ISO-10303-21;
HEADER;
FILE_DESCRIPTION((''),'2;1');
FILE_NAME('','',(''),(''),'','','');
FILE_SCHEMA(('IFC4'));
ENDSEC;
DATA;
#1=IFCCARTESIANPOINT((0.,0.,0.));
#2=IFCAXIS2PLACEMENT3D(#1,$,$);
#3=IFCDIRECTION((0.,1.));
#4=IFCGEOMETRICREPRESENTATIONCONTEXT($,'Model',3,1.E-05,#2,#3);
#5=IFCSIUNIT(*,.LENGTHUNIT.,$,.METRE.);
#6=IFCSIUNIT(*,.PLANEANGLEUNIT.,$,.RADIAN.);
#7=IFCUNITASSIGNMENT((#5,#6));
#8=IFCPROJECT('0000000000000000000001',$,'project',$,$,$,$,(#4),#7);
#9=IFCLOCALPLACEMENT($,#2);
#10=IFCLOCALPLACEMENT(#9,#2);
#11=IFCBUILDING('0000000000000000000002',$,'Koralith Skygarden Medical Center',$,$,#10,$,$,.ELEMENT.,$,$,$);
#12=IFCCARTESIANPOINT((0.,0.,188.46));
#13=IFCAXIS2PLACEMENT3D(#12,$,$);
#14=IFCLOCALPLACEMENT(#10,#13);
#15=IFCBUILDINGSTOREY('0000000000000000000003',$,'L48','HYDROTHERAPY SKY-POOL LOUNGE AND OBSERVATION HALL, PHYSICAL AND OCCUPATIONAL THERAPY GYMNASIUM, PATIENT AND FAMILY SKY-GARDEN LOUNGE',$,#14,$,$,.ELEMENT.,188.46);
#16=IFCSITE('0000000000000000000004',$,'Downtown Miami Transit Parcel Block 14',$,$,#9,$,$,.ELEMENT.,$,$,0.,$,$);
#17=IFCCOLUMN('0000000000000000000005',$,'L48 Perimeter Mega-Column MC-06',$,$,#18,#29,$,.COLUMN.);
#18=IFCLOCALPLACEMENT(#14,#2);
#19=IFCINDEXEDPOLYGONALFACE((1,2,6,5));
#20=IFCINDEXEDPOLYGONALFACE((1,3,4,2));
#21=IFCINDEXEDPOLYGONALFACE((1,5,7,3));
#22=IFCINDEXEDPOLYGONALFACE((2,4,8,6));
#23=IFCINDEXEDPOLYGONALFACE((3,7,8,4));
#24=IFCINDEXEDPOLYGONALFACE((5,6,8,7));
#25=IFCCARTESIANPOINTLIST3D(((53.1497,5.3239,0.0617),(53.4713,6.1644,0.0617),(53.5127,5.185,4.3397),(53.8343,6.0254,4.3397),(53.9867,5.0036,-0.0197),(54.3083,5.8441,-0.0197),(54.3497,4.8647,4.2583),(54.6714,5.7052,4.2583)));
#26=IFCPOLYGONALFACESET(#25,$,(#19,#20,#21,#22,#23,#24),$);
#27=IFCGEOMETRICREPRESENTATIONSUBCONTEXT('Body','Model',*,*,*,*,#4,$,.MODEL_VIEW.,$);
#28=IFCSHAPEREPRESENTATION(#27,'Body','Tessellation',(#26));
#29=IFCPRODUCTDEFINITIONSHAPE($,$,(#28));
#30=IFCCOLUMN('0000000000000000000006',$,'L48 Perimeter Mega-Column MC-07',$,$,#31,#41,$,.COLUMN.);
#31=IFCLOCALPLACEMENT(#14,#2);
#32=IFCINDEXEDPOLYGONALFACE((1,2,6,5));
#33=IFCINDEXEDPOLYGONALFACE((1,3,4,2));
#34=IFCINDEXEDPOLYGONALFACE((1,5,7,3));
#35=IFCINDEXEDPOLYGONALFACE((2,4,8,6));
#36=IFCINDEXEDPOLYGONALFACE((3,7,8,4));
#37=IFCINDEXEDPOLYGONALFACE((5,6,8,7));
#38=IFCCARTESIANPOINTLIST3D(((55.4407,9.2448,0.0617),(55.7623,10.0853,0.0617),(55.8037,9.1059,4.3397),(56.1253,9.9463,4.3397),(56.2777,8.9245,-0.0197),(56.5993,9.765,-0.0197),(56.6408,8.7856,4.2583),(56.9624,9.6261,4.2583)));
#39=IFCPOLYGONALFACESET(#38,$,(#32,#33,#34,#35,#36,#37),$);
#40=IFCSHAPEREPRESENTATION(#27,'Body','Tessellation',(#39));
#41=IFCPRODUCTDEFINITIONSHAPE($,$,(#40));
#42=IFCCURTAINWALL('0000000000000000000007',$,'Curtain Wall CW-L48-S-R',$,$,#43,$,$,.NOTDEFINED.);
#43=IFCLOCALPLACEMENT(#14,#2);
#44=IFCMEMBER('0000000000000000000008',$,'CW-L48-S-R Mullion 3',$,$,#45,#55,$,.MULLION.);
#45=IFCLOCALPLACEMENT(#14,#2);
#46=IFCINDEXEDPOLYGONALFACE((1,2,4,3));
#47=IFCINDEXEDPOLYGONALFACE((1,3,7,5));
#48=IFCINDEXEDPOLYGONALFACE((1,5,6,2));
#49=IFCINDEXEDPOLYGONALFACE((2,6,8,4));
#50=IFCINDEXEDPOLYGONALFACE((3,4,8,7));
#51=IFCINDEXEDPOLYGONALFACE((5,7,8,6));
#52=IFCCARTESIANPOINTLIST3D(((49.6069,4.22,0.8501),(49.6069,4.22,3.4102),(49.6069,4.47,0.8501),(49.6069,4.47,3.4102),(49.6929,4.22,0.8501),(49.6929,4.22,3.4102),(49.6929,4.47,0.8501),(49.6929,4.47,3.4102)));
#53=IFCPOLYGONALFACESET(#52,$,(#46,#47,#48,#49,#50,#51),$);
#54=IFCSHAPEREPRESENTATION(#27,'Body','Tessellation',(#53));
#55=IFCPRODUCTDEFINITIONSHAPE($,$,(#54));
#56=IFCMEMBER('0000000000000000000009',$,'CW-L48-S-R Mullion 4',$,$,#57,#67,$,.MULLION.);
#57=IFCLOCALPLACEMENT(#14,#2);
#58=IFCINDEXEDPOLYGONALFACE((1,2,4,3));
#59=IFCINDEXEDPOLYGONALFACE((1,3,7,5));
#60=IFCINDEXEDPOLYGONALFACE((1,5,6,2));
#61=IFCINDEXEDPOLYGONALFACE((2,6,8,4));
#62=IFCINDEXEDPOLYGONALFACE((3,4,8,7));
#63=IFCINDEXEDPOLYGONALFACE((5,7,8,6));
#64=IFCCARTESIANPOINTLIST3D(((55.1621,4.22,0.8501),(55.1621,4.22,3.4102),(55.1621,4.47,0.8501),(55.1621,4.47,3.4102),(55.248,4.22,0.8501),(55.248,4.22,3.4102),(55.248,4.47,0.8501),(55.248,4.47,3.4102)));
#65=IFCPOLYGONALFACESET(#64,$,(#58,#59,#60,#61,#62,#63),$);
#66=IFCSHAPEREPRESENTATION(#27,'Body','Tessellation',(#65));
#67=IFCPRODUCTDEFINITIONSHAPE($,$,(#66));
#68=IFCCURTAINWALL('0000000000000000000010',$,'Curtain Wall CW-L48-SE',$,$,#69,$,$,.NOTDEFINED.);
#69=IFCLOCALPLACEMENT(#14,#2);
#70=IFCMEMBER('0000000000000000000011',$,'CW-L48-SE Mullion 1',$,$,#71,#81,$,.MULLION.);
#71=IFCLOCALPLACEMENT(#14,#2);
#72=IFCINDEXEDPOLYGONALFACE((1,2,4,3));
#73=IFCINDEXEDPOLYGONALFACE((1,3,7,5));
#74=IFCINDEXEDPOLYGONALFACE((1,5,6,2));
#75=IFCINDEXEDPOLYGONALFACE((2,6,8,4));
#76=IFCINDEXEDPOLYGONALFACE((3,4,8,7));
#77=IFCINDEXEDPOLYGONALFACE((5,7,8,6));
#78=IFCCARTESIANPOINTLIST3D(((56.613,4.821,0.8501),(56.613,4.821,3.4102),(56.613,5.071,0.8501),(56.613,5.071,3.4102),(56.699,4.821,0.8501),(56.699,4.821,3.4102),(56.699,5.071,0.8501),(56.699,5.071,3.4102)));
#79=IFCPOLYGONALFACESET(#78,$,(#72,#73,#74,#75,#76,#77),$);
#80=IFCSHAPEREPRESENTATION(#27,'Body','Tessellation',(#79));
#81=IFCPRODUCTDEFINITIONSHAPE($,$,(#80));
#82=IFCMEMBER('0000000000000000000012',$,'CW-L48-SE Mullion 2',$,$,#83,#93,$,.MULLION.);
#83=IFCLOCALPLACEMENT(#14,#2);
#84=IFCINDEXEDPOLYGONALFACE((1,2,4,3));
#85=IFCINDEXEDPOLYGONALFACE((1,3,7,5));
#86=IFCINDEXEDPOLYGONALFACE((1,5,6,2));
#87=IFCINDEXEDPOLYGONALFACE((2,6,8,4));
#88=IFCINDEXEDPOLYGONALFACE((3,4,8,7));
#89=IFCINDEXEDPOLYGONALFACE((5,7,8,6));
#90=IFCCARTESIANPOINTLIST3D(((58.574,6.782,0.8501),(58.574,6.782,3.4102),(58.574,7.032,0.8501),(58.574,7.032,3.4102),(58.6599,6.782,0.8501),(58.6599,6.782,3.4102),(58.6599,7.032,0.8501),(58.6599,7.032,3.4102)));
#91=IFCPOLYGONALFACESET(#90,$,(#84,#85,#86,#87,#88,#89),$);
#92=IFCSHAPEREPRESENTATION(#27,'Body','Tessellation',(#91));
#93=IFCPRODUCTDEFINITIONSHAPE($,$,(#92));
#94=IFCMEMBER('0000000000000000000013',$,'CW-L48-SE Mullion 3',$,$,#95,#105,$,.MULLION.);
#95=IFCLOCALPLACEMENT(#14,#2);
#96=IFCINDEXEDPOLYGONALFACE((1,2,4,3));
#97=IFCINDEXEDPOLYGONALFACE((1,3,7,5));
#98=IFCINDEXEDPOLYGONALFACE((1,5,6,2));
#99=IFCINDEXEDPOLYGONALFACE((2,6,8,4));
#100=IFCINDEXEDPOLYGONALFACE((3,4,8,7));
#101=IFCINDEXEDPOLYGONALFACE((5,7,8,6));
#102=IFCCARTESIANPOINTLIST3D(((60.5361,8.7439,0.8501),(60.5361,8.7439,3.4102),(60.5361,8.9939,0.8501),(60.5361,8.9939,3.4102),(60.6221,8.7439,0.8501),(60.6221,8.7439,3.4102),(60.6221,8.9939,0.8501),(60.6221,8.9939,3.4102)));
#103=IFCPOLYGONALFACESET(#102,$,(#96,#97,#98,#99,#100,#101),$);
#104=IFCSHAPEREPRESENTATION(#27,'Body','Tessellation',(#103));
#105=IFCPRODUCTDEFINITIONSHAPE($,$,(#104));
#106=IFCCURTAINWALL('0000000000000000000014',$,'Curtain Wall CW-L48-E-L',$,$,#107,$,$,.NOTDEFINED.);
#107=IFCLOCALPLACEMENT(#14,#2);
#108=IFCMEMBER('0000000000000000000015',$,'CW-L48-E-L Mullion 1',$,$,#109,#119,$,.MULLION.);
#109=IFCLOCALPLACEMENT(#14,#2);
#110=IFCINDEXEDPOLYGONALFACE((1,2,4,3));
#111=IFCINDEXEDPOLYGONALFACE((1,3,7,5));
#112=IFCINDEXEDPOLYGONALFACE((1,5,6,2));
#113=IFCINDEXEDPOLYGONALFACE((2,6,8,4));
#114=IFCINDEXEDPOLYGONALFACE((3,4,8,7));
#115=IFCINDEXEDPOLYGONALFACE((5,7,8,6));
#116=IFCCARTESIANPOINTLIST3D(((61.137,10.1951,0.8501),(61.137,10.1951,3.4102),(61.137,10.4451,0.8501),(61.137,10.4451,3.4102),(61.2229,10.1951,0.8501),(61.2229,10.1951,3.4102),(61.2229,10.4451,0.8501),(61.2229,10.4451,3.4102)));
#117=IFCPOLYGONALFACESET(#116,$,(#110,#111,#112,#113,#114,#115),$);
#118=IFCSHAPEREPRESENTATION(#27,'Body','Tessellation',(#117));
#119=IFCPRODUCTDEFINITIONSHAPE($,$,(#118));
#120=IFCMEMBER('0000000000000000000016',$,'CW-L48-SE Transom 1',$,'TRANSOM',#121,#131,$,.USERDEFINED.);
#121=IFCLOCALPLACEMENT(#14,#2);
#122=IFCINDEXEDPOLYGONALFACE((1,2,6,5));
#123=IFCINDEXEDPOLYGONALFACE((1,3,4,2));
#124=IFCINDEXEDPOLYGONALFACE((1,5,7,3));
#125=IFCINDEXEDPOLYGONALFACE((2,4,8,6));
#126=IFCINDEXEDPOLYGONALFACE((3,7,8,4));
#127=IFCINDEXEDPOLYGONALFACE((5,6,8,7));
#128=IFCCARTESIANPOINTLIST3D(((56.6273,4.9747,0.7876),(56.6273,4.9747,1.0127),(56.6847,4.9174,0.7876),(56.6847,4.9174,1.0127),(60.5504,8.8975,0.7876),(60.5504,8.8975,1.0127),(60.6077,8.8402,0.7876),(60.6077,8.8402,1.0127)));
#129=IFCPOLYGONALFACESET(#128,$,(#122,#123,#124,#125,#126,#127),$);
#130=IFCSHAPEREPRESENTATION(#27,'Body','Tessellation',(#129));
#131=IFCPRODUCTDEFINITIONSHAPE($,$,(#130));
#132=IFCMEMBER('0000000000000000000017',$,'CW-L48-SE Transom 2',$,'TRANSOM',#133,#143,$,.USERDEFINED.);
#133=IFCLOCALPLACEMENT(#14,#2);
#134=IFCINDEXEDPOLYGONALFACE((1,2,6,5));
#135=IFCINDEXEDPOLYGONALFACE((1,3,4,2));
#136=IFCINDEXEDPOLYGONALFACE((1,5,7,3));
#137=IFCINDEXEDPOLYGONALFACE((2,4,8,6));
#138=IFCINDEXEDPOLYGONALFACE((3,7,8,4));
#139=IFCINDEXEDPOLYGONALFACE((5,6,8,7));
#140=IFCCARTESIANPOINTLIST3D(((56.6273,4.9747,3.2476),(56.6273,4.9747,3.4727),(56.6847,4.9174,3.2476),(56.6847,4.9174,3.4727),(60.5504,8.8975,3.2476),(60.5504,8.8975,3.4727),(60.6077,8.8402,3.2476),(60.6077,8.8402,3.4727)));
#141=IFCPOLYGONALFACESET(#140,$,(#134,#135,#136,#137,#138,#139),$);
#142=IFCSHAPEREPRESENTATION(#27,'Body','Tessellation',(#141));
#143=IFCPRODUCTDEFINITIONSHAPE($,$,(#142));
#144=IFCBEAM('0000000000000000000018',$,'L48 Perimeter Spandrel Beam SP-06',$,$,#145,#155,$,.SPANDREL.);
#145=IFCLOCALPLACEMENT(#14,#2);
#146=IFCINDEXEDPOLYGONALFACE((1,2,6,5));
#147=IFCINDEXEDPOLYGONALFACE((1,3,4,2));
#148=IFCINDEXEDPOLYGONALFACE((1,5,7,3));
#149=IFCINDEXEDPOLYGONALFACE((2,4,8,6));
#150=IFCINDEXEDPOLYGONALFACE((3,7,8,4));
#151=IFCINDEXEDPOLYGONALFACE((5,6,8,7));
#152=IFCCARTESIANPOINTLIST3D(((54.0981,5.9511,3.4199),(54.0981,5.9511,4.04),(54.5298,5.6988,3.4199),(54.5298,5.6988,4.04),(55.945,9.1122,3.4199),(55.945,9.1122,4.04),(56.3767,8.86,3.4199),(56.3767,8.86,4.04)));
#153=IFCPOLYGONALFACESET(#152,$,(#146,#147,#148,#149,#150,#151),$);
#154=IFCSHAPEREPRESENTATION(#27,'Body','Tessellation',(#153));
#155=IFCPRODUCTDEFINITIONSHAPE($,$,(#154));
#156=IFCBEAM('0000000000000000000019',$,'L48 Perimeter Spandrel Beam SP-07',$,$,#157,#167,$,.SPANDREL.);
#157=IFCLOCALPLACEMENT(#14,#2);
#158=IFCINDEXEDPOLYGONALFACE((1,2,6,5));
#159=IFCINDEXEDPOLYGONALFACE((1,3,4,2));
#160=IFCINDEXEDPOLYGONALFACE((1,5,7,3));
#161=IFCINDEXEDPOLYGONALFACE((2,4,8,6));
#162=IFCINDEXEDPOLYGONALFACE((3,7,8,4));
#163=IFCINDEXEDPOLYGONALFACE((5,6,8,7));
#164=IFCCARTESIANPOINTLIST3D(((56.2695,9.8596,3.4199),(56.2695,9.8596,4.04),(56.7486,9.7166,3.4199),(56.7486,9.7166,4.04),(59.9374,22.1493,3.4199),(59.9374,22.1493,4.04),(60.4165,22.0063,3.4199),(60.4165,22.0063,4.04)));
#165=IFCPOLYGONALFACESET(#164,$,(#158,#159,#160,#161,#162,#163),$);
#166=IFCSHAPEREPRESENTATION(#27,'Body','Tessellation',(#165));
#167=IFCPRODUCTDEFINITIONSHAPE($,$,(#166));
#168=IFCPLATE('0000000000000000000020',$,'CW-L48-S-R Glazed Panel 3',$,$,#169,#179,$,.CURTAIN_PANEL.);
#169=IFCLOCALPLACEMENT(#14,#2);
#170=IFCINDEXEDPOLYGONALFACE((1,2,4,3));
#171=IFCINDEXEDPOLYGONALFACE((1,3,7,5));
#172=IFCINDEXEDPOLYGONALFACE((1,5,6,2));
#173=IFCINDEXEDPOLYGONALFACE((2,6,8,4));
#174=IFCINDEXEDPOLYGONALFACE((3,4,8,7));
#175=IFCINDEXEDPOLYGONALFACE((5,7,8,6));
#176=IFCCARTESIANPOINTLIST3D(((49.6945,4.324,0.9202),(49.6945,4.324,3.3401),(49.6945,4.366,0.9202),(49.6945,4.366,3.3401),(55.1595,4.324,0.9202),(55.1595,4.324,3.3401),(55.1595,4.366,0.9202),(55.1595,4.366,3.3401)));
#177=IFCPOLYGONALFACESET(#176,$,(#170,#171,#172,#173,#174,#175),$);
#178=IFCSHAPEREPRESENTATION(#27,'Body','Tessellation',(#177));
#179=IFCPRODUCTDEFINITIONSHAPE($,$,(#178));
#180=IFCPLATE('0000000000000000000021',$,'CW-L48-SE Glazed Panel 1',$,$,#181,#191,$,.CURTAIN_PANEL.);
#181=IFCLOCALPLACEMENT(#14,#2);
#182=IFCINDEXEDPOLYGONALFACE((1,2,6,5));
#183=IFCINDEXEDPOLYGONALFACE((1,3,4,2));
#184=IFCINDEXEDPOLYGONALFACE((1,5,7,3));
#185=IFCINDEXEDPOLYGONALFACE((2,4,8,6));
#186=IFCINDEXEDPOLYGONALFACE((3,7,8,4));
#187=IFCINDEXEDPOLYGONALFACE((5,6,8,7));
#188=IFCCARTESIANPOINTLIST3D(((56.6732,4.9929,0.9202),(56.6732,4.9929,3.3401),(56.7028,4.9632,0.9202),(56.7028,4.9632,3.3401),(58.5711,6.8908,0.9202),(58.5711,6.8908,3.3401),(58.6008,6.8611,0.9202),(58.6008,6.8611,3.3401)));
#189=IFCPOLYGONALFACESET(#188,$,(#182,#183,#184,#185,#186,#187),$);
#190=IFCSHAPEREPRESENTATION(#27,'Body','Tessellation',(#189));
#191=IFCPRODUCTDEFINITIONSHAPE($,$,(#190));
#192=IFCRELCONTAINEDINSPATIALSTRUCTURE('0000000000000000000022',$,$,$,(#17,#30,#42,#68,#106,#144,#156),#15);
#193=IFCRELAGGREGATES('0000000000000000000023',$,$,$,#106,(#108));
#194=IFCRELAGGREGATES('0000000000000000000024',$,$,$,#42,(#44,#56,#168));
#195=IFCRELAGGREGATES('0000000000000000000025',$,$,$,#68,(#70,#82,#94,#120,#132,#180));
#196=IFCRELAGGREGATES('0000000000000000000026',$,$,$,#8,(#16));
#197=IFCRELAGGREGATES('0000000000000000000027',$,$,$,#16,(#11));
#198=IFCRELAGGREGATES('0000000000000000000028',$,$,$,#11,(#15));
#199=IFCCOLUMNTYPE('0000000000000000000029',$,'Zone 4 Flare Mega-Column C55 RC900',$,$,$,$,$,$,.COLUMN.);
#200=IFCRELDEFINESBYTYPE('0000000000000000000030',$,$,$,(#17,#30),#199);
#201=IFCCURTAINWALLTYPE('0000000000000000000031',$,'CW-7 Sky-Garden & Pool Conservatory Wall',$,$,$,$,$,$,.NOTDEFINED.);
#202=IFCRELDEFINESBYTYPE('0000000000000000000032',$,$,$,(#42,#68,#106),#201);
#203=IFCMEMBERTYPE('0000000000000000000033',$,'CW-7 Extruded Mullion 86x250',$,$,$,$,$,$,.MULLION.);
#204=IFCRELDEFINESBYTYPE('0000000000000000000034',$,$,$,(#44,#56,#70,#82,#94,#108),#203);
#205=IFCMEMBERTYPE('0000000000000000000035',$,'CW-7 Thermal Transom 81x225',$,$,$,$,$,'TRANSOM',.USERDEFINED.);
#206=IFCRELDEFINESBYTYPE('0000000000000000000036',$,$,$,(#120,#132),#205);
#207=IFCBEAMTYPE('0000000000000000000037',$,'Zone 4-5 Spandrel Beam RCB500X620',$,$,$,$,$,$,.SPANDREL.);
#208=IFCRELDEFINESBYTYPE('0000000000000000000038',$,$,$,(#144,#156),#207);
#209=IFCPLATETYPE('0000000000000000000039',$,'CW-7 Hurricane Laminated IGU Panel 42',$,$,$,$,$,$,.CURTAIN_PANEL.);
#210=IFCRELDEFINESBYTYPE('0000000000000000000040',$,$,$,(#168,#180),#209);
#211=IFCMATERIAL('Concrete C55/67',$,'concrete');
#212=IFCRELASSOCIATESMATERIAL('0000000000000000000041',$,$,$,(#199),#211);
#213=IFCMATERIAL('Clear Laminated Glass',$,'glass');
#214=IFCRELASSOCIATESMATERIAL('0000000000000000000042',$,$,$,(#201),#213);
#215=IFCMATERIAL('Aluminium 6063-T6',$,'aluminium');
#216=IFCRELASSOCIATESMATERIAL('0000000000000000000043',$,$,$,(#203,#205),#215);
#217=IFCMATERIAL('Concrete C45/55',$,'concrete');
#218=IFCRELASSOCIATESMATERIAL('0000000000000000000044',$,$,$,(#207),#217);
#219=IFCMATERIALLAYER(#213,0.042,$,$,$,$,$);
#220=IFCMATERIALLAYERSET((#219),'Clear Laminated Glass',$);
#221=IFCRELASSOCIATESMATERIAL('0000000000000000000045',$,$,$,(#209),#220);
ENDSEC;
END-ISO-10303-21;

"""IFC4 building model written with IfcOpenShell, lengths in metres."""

from ifc_helpers import new_model, si_unit, direction, frame, origin, origin_2d, place, context, subcontext, project, spatial, rectangle, extrude, material, layer, layer_set, material_profile, profile_set, type_object, element, aggregate, save


model = new_model("IFC4")

# Units and contexts
model_context = context("Model", 3, precision=1e-05, world=origin(), true_north=direction((0.0, 1.0)))
body_context = subcontext(model_context, "Body", "Model", "MODEL_VIEW")
ifc_project = project(units=[si_unit("LENGTHUNIT", "METRE"), si_unit("PLANEANGLEUNIT", "RADIAN")], contexts=[model_context])

# Site, building, storey
site_placement = place(None, origin())
site = spatial("IfcSite", under=ifc_project, at=site_placement, Name="Downtown Miami Transit Parcel Block 14", CompositionType="ELEMENT", RefElevation=0.0)
building_placement = place(site_placement, origin())
building = spatial("IfcBuilding", under=site, at=building_placement, Name="Koralith Skygarden Medical Center", CompositionType="ELEMENT")
storey_placement = place(building_placement, frame((0.0, 0.0, 188.46)))
storey = spatial("IfcBuildingStorey", under=building, at=storey_placement, Name="L48", Description="HYDROTHERAPY SKY-POOL LOUNGE AND OBSERVATION HALL, PHYSICAL AND OCCUPATIONAL THERAPY GYMNASIUM, PATIENT AND FAMILY SKY-GARDEN LOUNGE", CompositionType="ELEMENT", Elevation=188.46)

# Columns
ifc_material_1 = material(Name="Concrete C55/67", Category="concrete")
ifc_material_profile_1 = material_profile(ifc_material_1, rectangle(XDim=0.8999, YDim=0.8999, at=origin_2d()), Name="RC900X900")
ifc_profile_set_1 = profile_set([ifc_material_profile_1], Name="Concrete C55/67")
column_type = type_object("IfcColumnType", Name="Zone 4 Flare Mega-Column C55 RC900", PredefinedType="COLUMN", material=ifc_profile_set_1)
for number, where, z_axis, x_axis, name in (
    (1, (53.729, 5.584, 0.021), (0.084512, -0.032338, 0.995898), (0.357379, 0.933959, 0.0), "L48 Perimeter Mega-Column MC-06"),
    (2, (56.02, 9.5049, 0.021), (0.084512, -0.032338, 0.995898), (0.357379, 0.933959, 0.0), "L48 Perimeter Mega-Column MC-07"),
):
    element("IfcColumn", number, at=place(storey_placement, frame(where, z_axis=z_axis, x_axis=x_axis)), inside=storey, type_object=column_type, Name=name, PredefinedType="COLUMN", context=body_context, shape_type="SweptSolid", body=[
        extrude(rectangle(XDim=0.8999, YDim=0.8999, at=origin_2d()), origin(), (0.0, 0.0, 1.0), 4.2957),
    ])

# Curtain walls, members
ifc_material_2 = material(Name="Clear Laminated Glass", Category="glass")
curtain_wall_type = type_object("IfcCurtainWallType", Name="CW-7 Sky-Garden & Pool Conservatory Wall", PredefinedType="NOTDEFINED", material=ifc_material_2)
curtain_wall_1_placement = place(storey_placement, origin())
curtain_wall_1 = element("IfcCurtainWall", 3, at=curtain_wall_1_placement, inside=storey, type_object=curtain_wall_type, Name="Curtain Wall CW-L48-S-R", PredefinedType="NOTDEFINED")
ifc_material_3 = material(Name="Aluminium 6063-T6", Category="aluminium")
ifc_material_profile_2 = material_profile(ifc_material_3, rectangle(XDim=0.0859, YDim=0.25, at=origin_2d()), Name="MUL86X250")
ifc_profile_set_2 = profile_set([ifc_material_profile_2], Name="Aluminium 6063-T6")
member_type_1 = type_object("IfcMemberType", Name="CW-7 Extruded Mullion 86x250", PredefinedType="MULLION", material=ifc_profile_set_2)
member_1_placement = place(storey_placement, frame((49.6499, 4.345, 0.8501), z_axis=(0.0, 0.0, 1.0), x_axis=(1.0, 0.0, 0.0)))
member_1 = element("IfcMember", 4, at=member_1_placement, type_object=member_type_1, Name="CW-L48-S-R Mullion 3", PredefinedType="MULLION", context=body_context, shape_type="SweptSolid", body=[
    extrude(rectangle(XDim=0.0859, YDim=0.25, at=origin_2d()), origin(), (0.0, 0.0, 1.0), 2.5601),
])
member_2_placement = place(storey_placement, frame((55.2051, 4.345, 0.8501), z_axis=(0.0, 0.0, 1.0), x_axis=(1.0, 0.0, 0.0)))
member_2 = element("IfcMember", 5, at=member_2_placement, type_object=member_type_1, Name="CW-L48-S-R Mullion 4", PredefinedType="MULLION", context=body_context, shape_type="SweptSolid", body=[
    extrude(rectangle(XDim=0.0859, YDim=0.25, at=origin_2d()), origin(), (0.0, 0.0, 1.0), 2.5601),
])
curtain_wall_2_placement = place(storey_placement, origin())
curtain_wall_2 = element("IfcCurtainWall", 6, at=curtain_wall_2_placement, inside=storey, type_object=curtain_wall_type, Name="Curtain Wall CW-L48-SE", PredefinedType="NOTDEFINED")
member_3_placement = place(storey_placement, frame((56.656, 4.946, 0.8501), z_axis=(0.0, 0.0, 1.0), x_axis=(1.0, 0.0, 0.0)))
member_3 = element("IfcMember", 7, at=member_3_placement, type_object=member_type_1, Name="CW-L48-SE Mullion 1", PredefinedType="MULLION", context=body_context, shape_type="SweptSolid", body=[
    extrude(rectangle(XDim=0.0859, YDim=0.25, at=origin_2d()), origin(), (0.0, 0.0, 1.0), 2.5601),
])
member_4_placement = place(storey_placement, frame((58.6169, 6.907, 0.8501), z_axis=(0.0, 0.0, 1.0), x_axis=(1.0, 0.0, 0.0)))
member_4 = element("IfcMember", 8, at=member_4_placement, type_object=member_type_1, Name="CW-L48-SE Mullion 2", PredefinedType="MULLION", context=body_context, shape_type="SweptSolid", body=[
    extrude(rectangle(XDim=0.0859, YDim=0.25, at=origin_2d()), origin(), (0.0, 0.0, 1.0), 2.5601),
])
member_5_placement = place(storey_placement, frame((60.5791, 8.8689, 0.8501), z_axis=(0.0, 0.0, 1.0), x_axis=(1.0, 0.0, 0.0)))
member_5 = element("IfcMember", 9, at=member_5_placement, type_object=member_type_1, Name="CW-L48-SE Mullion 3", PredefinedType="MULLION", context=body_context, shape_type="SweptSolid", body=[
    extrude(rectangle(XDim=0.0859, YDim=0.25, at=origin_2d()), origin(), (0.0, 0.0, 1.0), 2.5601),
])

# Curtain wall, member
curtain_wall_3_placement = place(storey_placement, origin())
curtain_wall_3 = element("IfcCurtainWall", 10, at=curtain_wall_3_placement, inside=storey, type_object=curtain_wall_type, Name="Curtain Wall CW-L48-E-L", PredefinedType="NOTDEFINED")
member_6_placement = place(storey_placement, frame((61.1799, 10.3201, 0.8501), z_axis=(0.0, 0.0, 1.0), x_axis=(1.0, 0.0, 0.0)))
member_6 = element("IfcMember", 11, at=member_6_placement, type_object=member_type_1, Name="CW-L48-E-L Mullion 1", PredefinedType="MULLION", context=body_context, shape_type="SweptSolid", body=[
    extrude(rectangle(XDim=0.0859, YDim=0.25, at=origin_2d()), origin(), (0.0, 0.0, 1.0), 2.5601),
])
aggregate(curtain_wall_3, [member_6])

# Members
ifc_material_profile_3 = material_profile(ifc_material_3, rectangle(XDim=0.0811, YDim=0.2251, at=origin_2d()), Name="TRN81X225")
ifc_profile_set_3 = profile_set([ifc_material_profile_3], Name="Aluminium 6063-T6")
member_type_2 = type_object("IfcMemberType", Name="CW-7 Thermal Transom 81x225", ElementType="TRANSOM", PredefinedType="USERDEFINED", material=ifc_profile_set_3)
member_7_placement = place(storey_placement, frame((56.656, 4.946, 0.9001), z_axis=(0.707129, 0.707085, 0.0), x_axis=(-0.707085, 0.707129, 0.0)))
member_7 = element("IfcMember", 12, at=member_7_placement, type_object=member_type_2, Name="CW-L48-SE Transom 1", ObjectType="TRANSOM", PredefinedType="USERDEFINED", context=body_context, shape_type="SweptSolid", body=[
    extrude(rectangle(XDim=0.0811, YDim=0.2251, at=origin_2d()), origin(), (0.0, 0.0, 1.0), 5.5479),
])
member_8_placement = place(storey_placement, frame((56.656, 4.946, 3.3601), z_axis=(0.707129, 0.707085, 0.0), x_axis=(-0.707085, 0.707129, 0.0)))
member_8 = element("IfcMember", 13, at=member_8_placement, type_object=member_type_2, Name="CW-L48-SE Transom 2", ObjectType="TRANSOM", PredefinedType="USERDEFINED", context=body_context, shape_type="SweptSolid", body=[
    extrude(rectangle(XDim=0.0811, YDim=0.2251, at=origin_2d()), origin(), (0.0, 0.0, 1.0), 5.5479),
])

# Beams
ifc_material_4 = material(Name="Concrete C45/55", Category="concrete")
ifc_material_profile_4 = material_profile(ifc_material_4, rectangle(XDim=0.5, YDim=0.6201, at=origin_2d()), Name="RCB500X620")
ifc_profile_set_4 = profile_set([ifc_material_profile_4], Name="Concrete C45/55")
beam_type = type_object("IfcBeamType", Name="Zone 4-5 Spandrel Beam RCB500X620", PredefinedType="SPANDREL", material=ifc_profile_set_4)
beam_1_placement = place(storey_placement, frame((54.314, 5.825, 3.73), z_axis=(0.504468, 0.86343, 0.0), x_axis=(-0.86343, 0.504468, 0.0)))
element("IfcBeam", 14, at=beam_1_placement, inside=storey, type_object=beam_type, Name="L48 Perimeter Spandrel Beam SP-06", PredefinedType="SPANDREL", context=body_context, shape_type="SweptSolid", body=[
    extrude(rectangle(XDim=0.5, YDim=0.6201, at=origin_2d()), origin(), (0.0, 0.0, 1.0), 3.6611),
])
beam_2_placement = place(storey_placement, frame((56.509, 9.7881, 3.73), z_axis=(0.285991, 0.958232, 0.0), x_axis=(-0.958232, 0.285991, 0.0)))
element("IfcBeam", 15, at=beam_2_placement, inside=storey, type_object=beam_type, Name="L48 Perimeter Spandrel Beam SP-07", PredefinedType="SPANDREL", context=body_context, shape_type="SweptSolid", body=[
    extrude(rectangle(XDim=0.5, YDim=0.6201, at=origin_2d()), origin(), (0.0, 0.0, 1.0), 12.8254),
])

# Plates
ifc_layer_1 = layer(ifc_material_2, 0.042)
ifc_layer_set_1 = layer_set([ifc_layer_1], Name="Clear Laminated Glass")
plate_type_1 = type_object("IfcPlateType", Name="CW-7 Hurricane Laminated IGU Panel 42", PredefinedType="CURTAIN_PANEL", material=ifc_layer_set_1)
plate_1_placement = place(storey_placement, frame((52.427, 4.345, 0.9202), z_axis=(0.0, 0.0, 1.0), x_axis=(1.0, 0.0, 0.0)))
plate_1 = element("IfcPlate", 16, at=plate_1_placement, type_object=plate_type_1, Name="CW-L48-S-R Glazed Panel 3", PredefinedType="CURTAIN_PANEL", context=body_context, shape_type="SweptSolid", body=[
    extrude(rectangle(XDim=5.4651, YDim=0.042, at=origin_2d()), origin(), (0.0, 0.0, 1.0), 2.4199),
])
aggregate(curtain_wall_1, [member_1, member_2, plate_1])
plate_2_placement = place(storey_placement, frame((57.637, 5.927, 0.9202), z_axis=(0.0, 0.0, 1.0), x_axis=(0.707107, 0.707107, 0.0)))
plate_2 = element("IfcPlate", 17, at=plate_2_placement, type_object=plate_type_1, Name="CW-L48-SE Glazed Panel 1", PredefinedType="CURTAIN_PANEL", context=body_context, shape_type="SweptSolid", body=[
    extrude(rectangle(XDim=2.6841, YDim=0.042, at=origin_2d()), origin(), (0.0, 0.0, 1.0), 2.4199),
])
aggregate(curtain_wall_2, [member_3, member_4, member_5, member_7, member_8, plate_2])

save(model, "model.ifc")
